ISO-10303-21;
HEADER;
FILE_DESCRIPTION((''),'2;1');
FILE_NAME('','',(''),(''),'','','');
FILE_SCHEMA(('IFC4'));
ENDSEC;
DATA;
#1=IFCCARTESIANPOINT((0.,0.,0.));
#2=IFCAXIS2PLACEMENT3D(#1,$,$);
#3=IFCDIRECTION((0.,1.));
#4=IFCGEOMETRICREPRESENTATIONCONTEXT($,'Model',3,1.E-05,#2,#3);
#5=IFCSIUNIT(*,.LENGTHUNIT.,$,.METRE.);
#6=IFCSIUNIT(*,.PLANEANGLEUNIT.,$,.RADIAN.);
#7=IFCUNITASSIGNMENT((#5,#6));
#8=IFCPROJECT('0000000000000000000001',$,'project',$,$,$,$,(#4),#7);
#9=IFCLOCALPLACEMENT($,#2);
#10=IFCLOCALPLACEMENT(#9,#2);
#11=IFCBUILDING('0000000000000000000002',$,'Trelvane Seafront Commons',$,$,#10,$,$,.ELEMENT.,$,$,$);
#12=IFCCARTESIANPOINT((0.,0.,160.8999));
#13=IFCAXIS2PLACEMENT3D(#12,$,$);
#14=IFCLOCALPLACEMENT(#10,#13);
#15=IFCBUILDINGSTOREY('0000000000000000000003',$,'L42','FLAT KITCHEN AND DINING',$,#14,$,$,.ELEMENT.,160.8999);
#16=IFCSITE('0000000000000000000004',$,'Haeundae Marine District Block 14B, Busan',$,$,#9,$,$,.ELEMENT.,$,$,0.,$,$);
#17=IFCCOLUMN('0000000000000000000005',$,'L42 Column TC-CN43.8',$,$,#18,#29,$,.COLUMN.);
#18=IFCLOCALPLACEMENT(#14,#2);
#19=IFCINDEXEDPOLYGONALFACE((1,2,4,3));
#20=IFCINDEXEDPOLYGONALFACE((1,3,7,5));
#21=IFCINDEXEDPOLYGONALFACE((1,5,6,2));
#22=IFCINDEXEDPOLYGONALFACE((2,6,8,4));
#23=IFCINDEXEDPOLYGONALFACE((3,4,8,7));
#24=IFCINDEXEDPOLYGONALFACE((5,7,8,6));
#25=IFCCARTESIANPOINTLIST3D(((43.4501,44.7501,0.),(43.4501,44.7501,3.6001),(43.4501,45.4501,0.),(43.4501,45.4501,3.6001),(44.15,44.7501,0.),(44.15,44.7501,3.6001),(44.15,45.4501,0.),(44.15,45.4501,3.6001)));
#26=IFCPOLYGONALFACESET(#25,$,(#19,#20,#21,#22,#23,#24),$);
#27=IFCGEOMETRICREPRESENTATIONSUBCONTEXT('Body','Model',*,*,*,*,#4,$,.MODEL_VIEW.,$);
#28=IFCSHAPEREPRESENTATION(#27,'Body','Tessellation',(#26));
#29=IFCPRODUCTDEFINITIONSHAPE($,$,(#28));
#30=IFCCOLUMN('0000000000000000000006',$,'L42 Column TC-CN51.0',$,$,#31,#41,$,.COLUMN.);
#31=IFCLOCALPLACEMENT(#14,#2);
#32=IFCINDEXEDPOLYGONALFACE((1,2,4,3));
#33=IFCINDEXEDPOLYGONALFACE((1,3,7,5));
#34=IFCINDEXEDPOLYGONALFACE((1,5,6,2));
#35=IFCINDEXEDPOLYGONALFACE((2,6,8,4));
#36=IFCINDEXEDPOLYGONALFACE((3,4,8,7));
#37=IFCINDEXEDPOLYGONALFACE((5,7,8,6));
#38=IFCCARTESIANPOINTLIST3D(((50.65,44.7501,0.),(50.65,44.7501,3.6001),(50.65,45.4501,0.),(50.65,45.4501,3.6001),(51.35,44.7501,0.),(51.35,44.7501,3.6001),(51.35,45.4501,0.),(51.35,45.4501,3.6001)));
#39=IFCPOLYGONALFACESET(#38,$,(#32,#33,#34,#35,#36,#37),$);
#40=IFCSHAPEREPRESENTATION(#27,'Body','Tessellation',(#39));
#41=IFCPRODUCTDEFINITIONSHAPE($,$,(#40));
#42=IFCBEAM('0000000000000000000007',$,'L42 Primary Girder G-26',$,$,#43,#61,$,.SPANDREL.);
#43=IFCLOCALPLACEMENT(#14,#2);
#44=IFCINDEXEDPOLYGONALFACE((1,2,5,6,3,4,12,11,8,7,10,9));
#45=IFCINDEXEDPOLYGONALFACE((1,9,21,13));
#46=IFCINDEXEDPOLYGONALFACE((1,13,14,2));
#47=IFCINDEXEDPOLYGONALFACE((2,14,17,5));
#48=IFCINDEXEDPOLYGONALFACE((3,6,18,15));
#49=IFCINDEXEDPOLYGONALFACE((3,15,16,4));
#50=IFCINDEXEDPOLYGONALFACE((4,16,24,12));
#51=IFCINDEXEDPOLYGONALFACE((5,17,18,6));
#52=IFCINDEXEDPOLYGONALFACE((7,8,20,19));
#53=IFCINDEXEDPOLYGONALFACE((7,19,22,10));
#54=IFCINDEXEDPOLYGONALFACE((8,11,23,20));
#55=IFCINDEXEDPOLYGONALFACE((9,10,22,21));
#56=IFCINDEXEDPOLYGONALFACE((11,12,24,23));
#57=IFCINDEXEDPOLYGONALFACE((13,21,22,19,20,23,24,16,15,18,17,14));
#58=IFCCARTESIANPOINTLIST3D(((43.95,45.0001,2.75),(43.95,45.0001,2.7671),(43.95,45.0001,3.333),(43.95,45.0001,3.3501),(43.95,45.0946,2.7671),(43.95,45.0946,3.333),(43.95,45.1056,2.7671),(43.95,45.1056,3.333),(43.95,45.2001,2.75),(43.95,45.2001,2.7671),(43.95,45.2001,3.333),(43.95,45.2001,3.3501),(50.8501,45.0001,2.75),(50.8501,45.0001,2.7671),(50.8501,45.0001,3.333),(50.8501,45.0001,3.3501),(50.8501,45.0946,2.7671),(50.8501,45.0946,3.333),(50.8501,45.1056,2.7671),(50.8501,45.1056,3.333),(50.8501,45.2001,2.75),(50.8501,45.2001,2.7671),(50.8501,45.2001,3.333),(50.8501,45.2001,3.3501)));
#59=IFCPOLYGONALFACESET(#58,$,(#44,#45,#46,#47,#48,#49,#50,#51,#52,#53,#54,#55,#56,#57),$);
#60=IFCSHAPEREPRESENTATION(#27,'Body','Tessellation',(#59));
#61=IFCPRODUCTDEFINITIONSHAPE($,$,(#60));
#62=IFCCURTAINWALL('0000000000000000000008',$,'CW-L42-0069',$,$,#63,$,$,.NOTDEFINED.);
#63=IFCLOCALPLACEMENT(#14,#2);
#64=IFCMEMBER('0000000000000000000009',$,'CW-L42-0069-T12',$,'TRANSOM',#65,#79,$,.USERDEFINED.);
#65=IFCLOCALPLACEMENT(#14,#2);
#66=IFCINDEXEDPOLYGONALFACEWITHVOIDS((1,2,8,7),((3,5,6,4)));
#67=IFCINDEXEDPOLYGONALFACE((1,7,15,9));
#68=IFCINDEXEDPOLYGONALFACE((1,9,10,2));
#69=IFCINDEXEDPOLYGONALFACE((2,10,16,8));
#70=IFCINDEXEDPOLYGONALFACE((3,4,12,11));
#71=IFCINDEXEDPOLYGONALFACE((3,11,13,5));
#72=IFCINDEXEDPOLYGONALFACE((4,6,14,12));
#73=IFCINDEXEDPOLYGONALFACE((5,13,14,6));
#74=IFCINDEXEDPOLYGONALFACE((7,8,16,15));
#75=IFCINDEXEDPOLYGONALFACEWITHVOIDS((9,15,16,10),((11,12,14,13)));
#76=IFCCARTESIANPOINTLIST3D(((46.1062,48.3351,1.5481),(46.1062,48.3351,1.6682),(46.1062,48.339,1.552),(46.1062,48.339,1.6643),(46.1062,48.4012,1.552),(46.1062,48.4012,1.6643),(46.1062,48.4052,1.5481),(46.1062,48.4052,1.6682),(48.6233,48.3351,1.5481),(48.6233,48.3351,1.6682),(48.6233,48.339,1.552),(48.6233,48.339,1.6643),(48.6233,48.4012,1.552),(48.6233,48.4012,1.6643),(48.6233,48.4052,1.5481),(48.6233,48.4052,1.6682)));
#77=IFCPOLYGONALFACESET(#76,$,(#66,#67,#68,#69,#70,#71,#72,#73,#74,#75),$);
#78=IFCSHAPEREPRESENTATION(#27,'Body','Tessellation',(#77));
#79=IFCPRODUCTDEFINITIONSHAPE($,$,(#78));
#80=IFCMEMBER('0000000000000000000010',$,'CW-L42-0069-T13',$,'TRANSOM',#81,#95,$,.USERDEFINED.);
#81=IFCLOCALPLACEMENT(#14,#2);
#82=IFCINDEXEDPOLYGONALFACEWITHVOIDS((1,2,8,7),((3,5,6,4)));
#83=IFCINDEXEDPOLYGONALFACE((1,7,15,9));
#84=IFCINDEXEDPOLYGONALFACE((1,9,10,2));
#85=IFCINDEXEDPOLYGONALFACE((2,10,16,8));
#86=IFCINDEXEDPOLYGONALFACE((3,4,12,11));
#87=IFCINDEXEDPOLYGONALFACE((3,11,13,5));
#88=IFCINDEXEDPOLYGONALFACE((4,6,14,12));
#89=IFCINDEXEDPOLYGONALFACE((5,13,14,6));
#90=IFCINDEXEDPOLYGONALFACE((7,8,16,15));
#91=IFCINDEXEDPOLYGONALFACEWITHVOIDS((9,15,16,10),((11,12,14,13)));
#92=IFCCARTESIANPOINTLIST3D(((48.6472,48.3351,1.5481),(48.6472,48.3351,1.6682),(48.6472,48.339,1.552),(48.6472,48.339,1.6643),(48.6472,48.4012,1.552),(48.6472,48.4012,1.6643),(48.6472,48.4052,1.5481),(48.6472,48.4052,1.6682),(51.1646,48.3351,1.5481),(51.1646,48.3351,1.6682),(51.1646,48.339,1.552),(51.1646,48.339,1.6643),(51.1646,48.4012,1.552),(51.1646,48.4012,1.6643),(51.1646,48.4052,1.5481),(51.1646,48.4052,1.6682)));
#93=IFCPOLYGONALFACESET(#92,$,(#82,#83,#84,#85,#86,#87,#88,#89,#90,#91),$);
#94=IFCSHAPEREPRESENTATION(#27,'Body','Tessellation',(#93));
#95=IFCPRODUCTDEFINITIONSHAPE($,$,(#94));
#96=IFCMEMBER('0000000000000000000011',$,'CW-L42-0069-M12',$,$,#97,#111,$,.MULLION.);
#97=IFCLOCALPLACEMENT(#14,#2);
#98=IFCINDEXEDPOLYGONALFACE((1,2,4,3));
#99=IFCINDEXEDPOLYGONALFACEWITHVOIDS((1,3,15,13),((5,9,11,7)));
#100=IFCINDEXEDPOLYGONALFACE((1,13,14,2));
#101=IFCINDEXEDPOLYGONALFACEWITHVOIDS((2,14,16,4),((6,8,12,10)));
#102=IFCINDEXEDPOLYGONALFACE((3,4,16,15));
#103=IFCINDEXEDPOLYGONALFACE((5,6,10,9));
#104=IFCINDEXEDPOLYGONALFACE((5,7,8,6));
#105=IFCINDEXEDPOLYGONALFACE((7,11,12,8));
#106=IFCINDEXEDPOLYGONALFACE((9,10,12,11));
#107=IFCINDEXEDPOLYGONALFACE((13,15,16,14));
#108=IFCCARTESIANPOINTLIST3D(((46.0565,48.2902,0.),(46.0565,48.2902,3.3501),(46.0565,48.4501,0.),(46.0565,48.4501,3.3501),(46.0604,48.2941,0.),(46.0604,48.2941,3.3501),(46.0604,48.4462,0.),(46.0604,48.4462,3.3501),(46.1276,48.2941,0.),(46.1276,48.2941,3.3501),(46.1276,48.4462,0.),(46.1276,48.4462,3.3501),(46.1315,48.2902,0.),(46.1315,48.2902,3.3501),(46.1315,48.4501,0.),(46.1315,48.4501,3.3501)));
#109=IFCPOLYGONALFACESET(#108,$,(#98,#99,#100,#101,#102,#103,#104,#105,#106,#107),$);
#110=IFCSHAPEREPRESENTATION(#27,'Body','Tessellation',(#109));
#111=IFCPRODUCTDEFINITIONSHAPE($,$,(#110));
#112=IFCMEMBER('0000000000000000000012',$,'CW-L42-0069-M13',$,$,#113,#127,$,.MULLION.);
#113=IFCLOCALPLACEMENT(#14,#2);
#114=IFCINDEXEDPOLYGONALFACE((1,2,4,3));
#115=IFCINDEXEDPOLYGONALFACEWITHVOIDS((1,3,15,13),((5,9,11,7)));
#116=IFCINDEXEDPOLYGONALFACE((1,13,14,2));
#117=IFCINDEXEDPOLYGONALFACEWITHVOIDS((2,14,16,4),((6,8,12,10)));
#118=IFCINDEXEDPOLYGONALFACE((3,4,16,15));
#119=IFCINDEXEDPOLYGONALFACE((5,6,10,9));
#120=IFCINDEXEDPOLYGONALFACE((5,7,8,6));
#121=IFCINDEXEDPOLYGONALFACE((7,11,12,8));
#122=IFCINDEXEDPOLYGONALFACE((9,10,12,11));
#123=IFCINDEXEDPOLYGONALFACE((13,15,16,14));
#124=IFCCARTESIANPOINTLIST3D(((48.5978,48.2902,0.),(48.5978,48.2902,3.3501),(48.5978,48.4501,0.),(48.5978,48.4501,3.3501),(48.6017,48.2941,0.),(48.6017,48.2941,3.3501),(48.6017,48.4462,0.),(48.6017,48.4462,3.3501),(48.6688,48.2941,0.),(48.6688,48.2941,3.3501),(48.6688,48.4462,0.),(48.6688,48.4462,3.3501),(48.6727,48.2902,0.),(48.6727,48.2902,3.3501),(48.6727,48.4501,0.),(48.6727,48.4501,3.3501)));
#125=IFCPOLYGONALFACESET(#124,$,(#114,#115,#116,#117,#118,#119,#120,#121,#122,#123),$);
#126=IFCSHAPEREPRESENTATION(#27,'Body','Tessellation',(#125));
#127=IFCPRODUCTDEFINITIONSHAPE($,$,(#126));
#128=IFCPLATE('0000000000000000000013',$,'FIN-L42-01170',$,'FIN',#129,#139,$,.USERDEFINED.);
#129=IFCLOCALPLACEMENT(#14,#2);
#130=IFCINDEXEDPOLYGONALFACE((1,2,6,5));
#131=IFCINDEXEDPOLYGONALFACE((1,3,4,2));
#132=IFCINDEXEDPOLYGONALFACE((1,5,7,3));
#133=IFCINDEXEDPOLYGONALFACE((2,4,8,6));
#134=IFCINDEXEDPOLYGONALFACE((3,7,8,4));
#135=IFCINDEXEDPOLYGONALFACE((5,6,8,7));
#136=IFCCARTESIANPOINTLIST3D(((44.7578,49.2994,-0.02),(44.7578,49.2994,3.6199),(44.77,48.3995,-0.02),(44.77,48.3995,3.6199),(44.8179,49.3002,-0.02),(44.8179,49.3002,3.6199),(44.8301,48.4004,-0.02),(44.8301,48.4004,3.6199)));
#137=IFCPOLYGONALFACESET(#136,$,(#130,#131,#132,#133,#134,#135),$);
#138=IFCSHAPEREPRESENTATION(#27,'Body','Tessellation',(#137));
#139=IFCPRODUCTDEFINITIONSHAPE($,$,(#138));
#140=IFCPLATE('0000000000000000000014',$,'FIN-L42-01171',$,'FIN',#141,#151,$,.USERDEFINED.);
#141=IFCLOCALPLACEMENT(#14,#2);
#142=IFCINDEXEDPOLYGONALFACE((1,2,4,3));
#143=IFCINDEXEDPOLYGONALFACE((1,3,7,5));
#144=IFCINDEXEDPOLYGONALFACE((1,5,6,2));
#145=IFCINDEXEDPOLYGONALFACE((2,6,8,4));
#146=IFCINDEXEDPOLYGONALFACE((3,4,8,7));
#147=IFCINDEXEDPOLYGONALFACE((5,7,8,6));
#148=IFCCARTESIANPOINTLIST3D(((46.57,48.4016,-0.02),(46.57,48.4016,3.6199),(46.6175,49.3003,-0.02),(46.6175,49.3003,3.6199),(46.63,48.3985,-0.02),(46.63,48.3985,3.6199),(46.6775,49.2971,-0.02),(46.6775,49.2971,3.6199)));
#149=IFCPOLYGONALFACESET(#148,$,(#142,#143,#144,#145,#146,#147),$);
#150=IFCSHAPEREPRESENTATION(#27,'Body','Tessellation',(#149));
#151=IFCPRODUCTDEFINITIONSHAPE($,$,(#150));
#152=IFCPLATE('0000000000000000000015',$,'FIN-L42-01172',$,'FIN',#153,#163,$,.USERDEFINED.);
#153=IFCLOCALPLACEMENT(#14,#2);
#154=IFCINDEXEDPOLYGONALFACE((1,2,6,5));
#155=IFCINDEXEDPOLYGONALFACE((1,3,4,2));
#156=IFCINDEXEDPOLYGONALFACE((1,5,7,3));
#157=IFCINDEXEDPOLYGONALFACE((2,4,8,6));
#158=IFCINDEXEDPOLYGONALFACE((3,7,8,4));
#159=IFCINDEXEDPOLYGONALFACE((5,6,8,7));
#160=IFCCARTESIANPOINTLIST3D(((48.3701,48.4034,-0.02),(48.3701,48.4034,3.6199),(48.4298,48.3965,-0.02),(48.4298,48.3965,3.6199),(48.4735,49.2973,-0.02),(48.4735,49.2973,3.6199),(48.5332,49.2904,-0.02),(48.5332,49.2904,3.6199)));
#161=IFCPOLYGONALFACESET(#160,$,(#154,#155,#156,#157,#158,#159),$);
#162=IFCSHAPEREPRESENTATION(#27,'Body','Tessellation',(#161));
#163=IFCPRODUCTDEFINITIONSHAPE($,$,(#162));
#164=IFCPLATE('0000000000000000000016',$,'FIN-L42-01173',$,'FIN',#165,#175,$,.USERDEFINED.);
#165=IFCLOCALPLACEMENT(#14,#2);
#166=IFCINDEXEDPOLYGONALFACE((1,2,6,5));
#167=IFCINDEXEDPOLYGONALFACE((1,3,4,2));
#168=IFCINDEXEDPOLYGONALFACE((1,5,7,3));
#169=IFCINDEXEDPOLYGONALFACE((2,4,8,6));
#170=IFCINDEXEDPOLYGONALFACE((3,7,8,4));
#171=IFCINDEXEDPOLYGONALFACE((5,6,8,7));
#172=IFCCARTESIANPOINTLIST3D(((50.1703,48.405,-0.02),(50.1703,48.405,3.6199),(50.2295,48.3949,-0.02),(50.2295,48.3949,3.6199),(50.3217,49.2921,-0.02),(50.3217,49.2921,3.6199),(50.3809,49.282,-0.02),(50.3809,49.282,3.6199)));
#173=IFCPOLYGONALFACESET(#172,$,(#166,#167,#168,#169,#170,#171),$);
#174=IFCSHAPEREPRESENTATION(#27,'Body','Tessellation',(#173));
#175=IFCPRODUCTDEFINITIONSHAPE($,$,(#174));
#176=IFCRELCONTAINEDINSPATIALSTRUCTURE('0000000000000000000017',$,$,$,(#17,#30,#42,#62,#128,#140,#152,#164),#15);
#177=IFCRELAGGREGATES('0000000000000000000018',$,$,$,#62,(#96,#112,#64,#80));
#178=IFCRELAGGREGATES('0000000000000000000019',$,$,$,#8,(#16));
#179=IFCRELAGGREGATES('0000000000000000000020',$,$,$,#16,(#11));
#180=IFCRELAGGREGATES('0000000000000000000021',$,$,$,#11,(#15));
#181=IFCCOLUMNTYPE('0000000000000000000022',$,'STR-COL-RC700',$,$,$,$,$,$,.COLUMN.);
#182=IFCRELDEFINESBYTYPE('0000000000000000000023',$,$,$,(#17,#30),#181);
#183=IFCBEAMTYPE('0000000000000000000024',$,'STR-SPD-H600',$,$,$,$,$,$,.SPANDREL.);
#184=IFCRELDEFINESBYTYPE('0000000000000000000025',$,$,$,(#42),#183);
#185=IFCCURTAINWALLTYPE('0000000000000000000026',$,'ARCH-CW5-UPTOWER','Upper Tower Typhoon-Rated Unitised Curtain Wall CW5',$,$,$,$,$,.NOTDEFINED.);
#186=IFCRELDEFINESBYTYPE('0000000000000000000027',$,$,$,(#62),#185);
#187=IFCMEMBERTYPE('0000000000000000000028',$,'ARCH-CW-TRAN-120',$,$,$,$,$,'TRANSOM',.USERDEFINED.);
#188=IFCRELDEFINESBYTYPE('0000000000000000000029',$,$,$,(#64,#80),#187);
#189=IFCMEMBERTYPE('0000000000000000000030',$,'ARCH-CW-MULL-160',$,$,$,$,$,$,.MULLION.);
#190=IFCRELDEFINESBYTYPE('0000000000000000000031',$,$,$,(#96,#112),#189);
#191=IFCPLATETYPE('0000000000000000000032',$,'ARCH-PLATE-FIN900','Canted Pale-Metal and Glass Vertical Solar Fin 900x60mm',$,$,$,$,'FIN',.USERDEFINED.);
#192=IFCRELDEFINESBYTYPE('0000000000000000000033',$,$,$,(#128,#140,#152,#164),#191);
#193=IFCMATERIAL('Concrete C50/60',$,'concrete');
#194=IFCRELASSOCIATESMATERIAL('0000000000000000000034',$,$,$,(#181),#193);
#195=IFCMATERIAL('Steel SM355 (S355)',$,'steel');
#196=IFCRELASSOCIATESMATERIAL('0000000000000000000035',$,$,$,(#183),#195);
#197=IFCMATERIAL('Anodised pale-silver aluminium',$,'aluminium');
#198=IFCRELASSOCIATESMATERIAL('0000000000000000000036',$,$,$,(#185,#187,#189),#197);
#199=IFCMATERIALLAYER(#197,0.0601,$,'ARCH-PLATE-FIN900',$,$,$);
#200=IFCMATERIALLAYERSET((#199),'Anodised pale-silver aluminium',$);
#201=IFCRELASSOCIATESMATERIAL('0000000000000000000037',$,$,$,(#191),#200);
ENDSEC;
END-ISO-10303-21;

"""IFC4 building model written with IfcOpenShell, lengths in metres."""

from ifc_helpers import new_model, si_unit, direction, frame, origin, origin_2d, place, context, subcontext, project, spatial, rectangle, hollow_rectangle, i_section, extrude, source, transform, mapped, material, layer, layer_set, material_profile, profile_set, type_object, element, aggregate, save


model = new_model("IFC4")

# Units and contexts
model_context = context("Model", 3, precision=1e-05, world=origin(), true_north=direction((0.0, 1.0)))
body_context = subcontext(model_context, "Body", "Model", "MODEL_VIEW")
ifc_project = project(units=[si_unit("LENGTHUNIT", "METRE"), si_unit("PLANEANGLEUNIT", "RADIAN")], contexts=[model_context])

# Site, building, storey
site_placement = place(None, origin())
site = spatial("IfcSite", under=ifc_project, at=site_placement, Name="Haeundae Marine District Block 14B, Busan", CompositionType="ELEMENT", RefElevation=0.0)
building_placement = place(site_placement, origin())
building = spatial("IfcBuilding", under=site, at=building_placement, Name="Trelvane Seafront Commons", CompositionType="ELEMENT")
storey_placement = place(building_placement, frame((0.0, 0.0, 160.8999)))
storey = spatial("IfcBuildingStorey", under=building, at=storey_placement, Name="L42", Description="FLAT KITCHEN AND DINING", CompositionType="ELEMENT", Elevation=160.8999)

# Columns
ifc_material_1 = material(Name="Concrete C50/60", Category="concrete")
ifc_material_profile_1 = material_profile(ifc_material_1, rectangle(XDim=0.7, YDim=0.7, at=origin_2d()), Name="RC-700x700")
ifc_profile_set_1 = profile_set([ifc_material_profile_1], Name="Concrete C50/60")
column_type = type_object("IfcColumnType", Name="STR-COL-RC700", PredefinedType="COLUMN", material=ifc_profile_set_1)
shared_shape_1 = source(origin(), body_context, "Body", "SweptSolid", [
    extrude(rectangle(XDim=0.7, YDim=0.7, at=origin_2d()), origin(), (0.0, 0.0, 1.0), 3.6001),
])
for number, where, z_axis, x_axis, name in (
    (1, (43.8, 45.1001, 0.0), (0.0, 0.0, 1.0), (1.0, 0.0, 0.0), "L42 Column TC-CN43.8"),
    (2, (51.0, 45.1001, 0.0), (0.0, 0.0, 1.0), (1.0, 0.0, 0.0), "L42 Column TC-CN51.0"),
):
    element("IfcColumn", number, at=place(storey_placement, frame(where, z_axis=z_axis, x_axis=x_axis)), inside=storey, type_object=column_type, Name=name, PredefinedType="COLUMN", context=body_context, shape_type="MappedRepresentation", body=[
        mapped(shared_shape_1, transform((0.0, 0.0, 0.0), x_axis=(1.0, 0.0, 0.0), y_axis=(0.0, 1.0, 0.0), z_axis=(0.0, 0.0, 1.0), scale=1.0)),
    ])

# Beam
ifc_material_2 = material(Name="Steel SM355 (S355)", Category="steel")
ifc_material_profile_2 = material_profile(ifc_material_2, i_section(OverallWidth=0.2, OverallDepth=0.6001, WebThickness=0.011, FlangeThickness=0.0171, at=origin_2d()), Name="H-600x200x11x17")
ifc_profile_set_2 = profile_set([ifc_material_profile_2], Name="Steel SM355 (S355)")
beam_type = type_object("IfcBeamType", Name="STR-SPD-H600", PredefinedType="SPANDREL", material=ifc_profile_set_2)
shared_shape_2 = source(origin(), body_context, "Body", "SweptSolid", [
    extrude(i_section(OverallWidth=0.2, OverallDepth=0.6001, WebThickness=0.011, FlangeThickness=0.0171, at=origin_2d()), origin(), (0.0, 0.0, 1.0), 6.9001),
])
beam_placement = place(storey_placement, frame((43.95, 45.1001, 3.05), z_axis=(1.0, 0.0, 0.0), x_axis=(0.0, 1.0, 0.0)))
element("IfcBeam", 3, at=beam_placement, inside=storey, type_object=beam_type, Name="L42 Primary Girder G-26", PredefinedType="SPANDREL", context=body_context, shape_type="MappedRepresentation", body=[
    mapped(shared_shape_2, transform((0.0, 0.0, 0.0), x_axis=(1.0, 0.0, 0.0), y_axis=(0.0, 1.0, 0.0), z_axis=(0.0, 0.0, 1.0), scale=1.0)),
])

# Curtain wall, members
ifc_material_3 = material(Name="Anodised pale-silver aluminium", Category="aluminium")
curtain_wall_type = type_object("IfcCurtainWallType", Name="ARCH-CW5-UPTOWER", Description="Upper Tower Typhoon-Rated Unitised Curtain Wall CW5", PredefinedType="NOTDEFINED", material=ifc_material_3)
curtain_wall_placement = place(storey_placement, origin())
curtain_wall = element("IfcCurtainWall", 4, at=curtain_wall_placement, inside=storey, type_object=curtain_wall_type, Name="CW-L42-0069", PredefinedType="NOTDEFINED")
ifc_material_profile_3 = material_profile(ifc_material_3, hollow_rectangle(XDim=0.0701, YDim=0.1201, WallThickness=0.0039, at=origin_2d()), Name="TRAN-70x120x4")
ifc_profile_set_3 = profile_set([ifc_material_profile_3], Name="Anodised pale-silver aluminium")
member_type_1 = type_object("IfcMemberType", Name="ARCH-CW-TRAN-120", ElementType="TRANSOM", PredefinedType="USERDEFINED", material=ifc_profile_set_3)
shared_shape_3 = source(origin(), body_context, "Body", "SweptSolid", [
    extrude(hollow_rectangle(XDim=0.0701, YDim=0.1201, WallThickness=0.0039, at=origin_2d()), origin(), (0.0, 0.0, 1.0), 2.5171),
])
member_1_placement = place(storey_placement, frame((46.1062, 48.3701, 1.6082), z_axis=(1.0, 0.0, 0.0), x_axis=(0.0, 1.0, 0.0)))
member_1 = element("IfcMember", 5, at=member_1_placement, type_object=member_type_1, Name="CW-L42-0069-T12", ObjectType="TRANSOM", PredefinedType="USERDEFINED", context=body_context, shape_type="MappedRepresentation", body=[
    mapped(shared_shape_3, transform((0.0, 0.0, 0.0), x_axis=(1.0, 0.0, 0.0), y_axis=(0.0, 1.0, 0.0), z_axis=(0.0, 0.0, 1.0), scale=1.0)),
])
shared_shape_4 = source(origin(), body_context, "Body", "SweptSolid", [
    extrude(hollow_rectangle(XDim=0.0701, YDim=0.1201, WallThickness=0.0039, at=origin_2d()), origin(), (0.0, 0.0, 1.0), 2.5173),
])
member_2_placement = place(storey_placement, frame((48.6472, 48.3701, 1.6082), z_axis=(1.0, 0.0, 0.0), x_axis=(0.0, 1.0, 0.0)))
member_2 = element("IfcMember", 6, at=member_2_placement, type_object=member_type_1, Name="CW-L42-0069-T13", ObjectType="TRANSOM", PredefinedType="USERDEFINED", context=body_context, shape_type="MappedRepresentation", body=[
    mapped(shared_shape_4, transform((0.0, 0.0, 0.0), x_axis=(1.0, 0.0, 0.0), y_axis=(0.0, 1.0, 0.0), z_axis=(0.0, 0.0, 1.0), scale=1.0)),
])
ifc_material_profile_4 = material_profile(ifc_material_3, hollow_rectangle(XDim=0.075, YDim=0.1599, WallThickness=0.0039, at=origin_2d()), Name="MULL-75x160x4")
ifc_profile_set_4 = profile_set([ifc_material_profile_4], Name="Anodised pale-silver aluminium")
member_type_2 = type_object("IfcMemberType", Name="ARCH-CW-MULL-160", PredefinedType="MULLION", material=ifc_profile_set_4)
shared_shape_5 = source(origin(), body_context, "Body", "SweptSolid", [
    extrude(hollow_rectangle(XDim=0.075, YDim=0.1599, WallThickness=0.0039, at=origin_2d()), origin(), (0.0, 0.0, 1.0), 3.3501),
])
member_3_placement = place(storey_placement, frame((46.094, 48.3701, 0.0), z_axis=(0.0, 0.0, 1.0), x_axis=(1.0, 0.0, 0.0)))
member_3 = element("IfcMember", 7, at=member_3_placement, type_object=member_type_2, Name="CW-L42-0069-M12", PredefinedType="MULLION", context=body_context, shape_type="MappedRepresentation", body=[
    mapped(shared_shape_5, transform((0.0, 0.0, 0.0), x_axis=(1.0, 0.0, 0.0), y_axis=(0.0, 1.0, 0.0), z_axis=(0.0, 0.0, 1.0), scale=1.0)),
])
member_4_placement = place(storey_placement, frame((48.6353, 48.3701, 0.0), z_axis=(0.0, 0.0, 1.0), x_axis=(1.0, 0.0, 0.0)))
member_4 = element("IfcMember", 8, at=member_4_placement, type_object=member_type_2, Name="CW-L42-0069-M13", PredefinedType="MULLION", context=body_context, shape_type="MappedRepresentation", body=[
    mapped(shared_shape_5, transform((0.0, 0.0, 0.0), x_axis=(1.0, 0.0, 0.0), y_axis=(0.0, 1.0, 0.0), z_axis=(0.0, 0.0, 1.0), scale=1.0)),
])

# Plates
ifc_layer_1 = layer(ifc_material_3, 0.0601, Name="ARCH-PLATE-FIN900")
ifc_layer_set_1 = layer_set([ifc_layer_1], Name="Anodised pale-silver aluminium")
plate_type_1 = type_object("IfcPlateType", Name="ARCH-PLATE-FIN900", Description="Canted Pale-Metal and Glass Vertical Solar Fin 900x60mm", ElementType="FIN", PredefinedType="USERDEFINED", material=ifc_layer_set_1)
shared_shape_6 = source(origin(), body_context, "Body", "SweptSolid", [
    extrude(rectangle(XDim=0.8999, YDim=0.0601, at=origin_2d()), origin(), (0.0, 0.0, 1.0), 3.6399),
])
for number, where, z_axis, x_axis, name in (
    (9, (44.7939, 48.8499, -0.02), (0.0, 0.0, 1.0), (-0.013556, 0.999908, 0.0), "FIN-L42-01170"),
    (10, (46.6238, 48.8494, -0.02), (0.0, 0.0, 1.0), (0.05278, 0.998606, 0.0), "FIN-L42-01171"),
    (11, (48.4517, 48.8469, -0.02), (0.0, 0.0, 1.0), (0.114894, 0.993378, 0.0), "FIN-L42-01172"),
    (12, (50.2756, 48.8435, -0.02), (0.0, 0.0, 1.0), (0.168218, 0.98575, 0.0), "FIN-L42-01173"),
):
    element("IfcPlate", number, at=place(storey_placement, frame(where, z_axis=z_axis, x_axis=x_axis)), inside=storey, type_object=plate_type_1, Name=name, ObjectType="FIN", PredefinedType="USERDEFINED", context=body_context, shape_type="MappedRepresentation", body=[
        mapped(shared_shape_6, transform((0.0, 0.0, 0.0), x_axis=(1.0, 0.0, 0.0), y_axis=(0.0, 1.0, 0.0), z_axis=(0.0, 0.0, 1.0), scale=1.0)),
    ])

aggregate(curtain_wall, [member_3, member_4, member_1, member_2])

save(model, "model.ifc")
